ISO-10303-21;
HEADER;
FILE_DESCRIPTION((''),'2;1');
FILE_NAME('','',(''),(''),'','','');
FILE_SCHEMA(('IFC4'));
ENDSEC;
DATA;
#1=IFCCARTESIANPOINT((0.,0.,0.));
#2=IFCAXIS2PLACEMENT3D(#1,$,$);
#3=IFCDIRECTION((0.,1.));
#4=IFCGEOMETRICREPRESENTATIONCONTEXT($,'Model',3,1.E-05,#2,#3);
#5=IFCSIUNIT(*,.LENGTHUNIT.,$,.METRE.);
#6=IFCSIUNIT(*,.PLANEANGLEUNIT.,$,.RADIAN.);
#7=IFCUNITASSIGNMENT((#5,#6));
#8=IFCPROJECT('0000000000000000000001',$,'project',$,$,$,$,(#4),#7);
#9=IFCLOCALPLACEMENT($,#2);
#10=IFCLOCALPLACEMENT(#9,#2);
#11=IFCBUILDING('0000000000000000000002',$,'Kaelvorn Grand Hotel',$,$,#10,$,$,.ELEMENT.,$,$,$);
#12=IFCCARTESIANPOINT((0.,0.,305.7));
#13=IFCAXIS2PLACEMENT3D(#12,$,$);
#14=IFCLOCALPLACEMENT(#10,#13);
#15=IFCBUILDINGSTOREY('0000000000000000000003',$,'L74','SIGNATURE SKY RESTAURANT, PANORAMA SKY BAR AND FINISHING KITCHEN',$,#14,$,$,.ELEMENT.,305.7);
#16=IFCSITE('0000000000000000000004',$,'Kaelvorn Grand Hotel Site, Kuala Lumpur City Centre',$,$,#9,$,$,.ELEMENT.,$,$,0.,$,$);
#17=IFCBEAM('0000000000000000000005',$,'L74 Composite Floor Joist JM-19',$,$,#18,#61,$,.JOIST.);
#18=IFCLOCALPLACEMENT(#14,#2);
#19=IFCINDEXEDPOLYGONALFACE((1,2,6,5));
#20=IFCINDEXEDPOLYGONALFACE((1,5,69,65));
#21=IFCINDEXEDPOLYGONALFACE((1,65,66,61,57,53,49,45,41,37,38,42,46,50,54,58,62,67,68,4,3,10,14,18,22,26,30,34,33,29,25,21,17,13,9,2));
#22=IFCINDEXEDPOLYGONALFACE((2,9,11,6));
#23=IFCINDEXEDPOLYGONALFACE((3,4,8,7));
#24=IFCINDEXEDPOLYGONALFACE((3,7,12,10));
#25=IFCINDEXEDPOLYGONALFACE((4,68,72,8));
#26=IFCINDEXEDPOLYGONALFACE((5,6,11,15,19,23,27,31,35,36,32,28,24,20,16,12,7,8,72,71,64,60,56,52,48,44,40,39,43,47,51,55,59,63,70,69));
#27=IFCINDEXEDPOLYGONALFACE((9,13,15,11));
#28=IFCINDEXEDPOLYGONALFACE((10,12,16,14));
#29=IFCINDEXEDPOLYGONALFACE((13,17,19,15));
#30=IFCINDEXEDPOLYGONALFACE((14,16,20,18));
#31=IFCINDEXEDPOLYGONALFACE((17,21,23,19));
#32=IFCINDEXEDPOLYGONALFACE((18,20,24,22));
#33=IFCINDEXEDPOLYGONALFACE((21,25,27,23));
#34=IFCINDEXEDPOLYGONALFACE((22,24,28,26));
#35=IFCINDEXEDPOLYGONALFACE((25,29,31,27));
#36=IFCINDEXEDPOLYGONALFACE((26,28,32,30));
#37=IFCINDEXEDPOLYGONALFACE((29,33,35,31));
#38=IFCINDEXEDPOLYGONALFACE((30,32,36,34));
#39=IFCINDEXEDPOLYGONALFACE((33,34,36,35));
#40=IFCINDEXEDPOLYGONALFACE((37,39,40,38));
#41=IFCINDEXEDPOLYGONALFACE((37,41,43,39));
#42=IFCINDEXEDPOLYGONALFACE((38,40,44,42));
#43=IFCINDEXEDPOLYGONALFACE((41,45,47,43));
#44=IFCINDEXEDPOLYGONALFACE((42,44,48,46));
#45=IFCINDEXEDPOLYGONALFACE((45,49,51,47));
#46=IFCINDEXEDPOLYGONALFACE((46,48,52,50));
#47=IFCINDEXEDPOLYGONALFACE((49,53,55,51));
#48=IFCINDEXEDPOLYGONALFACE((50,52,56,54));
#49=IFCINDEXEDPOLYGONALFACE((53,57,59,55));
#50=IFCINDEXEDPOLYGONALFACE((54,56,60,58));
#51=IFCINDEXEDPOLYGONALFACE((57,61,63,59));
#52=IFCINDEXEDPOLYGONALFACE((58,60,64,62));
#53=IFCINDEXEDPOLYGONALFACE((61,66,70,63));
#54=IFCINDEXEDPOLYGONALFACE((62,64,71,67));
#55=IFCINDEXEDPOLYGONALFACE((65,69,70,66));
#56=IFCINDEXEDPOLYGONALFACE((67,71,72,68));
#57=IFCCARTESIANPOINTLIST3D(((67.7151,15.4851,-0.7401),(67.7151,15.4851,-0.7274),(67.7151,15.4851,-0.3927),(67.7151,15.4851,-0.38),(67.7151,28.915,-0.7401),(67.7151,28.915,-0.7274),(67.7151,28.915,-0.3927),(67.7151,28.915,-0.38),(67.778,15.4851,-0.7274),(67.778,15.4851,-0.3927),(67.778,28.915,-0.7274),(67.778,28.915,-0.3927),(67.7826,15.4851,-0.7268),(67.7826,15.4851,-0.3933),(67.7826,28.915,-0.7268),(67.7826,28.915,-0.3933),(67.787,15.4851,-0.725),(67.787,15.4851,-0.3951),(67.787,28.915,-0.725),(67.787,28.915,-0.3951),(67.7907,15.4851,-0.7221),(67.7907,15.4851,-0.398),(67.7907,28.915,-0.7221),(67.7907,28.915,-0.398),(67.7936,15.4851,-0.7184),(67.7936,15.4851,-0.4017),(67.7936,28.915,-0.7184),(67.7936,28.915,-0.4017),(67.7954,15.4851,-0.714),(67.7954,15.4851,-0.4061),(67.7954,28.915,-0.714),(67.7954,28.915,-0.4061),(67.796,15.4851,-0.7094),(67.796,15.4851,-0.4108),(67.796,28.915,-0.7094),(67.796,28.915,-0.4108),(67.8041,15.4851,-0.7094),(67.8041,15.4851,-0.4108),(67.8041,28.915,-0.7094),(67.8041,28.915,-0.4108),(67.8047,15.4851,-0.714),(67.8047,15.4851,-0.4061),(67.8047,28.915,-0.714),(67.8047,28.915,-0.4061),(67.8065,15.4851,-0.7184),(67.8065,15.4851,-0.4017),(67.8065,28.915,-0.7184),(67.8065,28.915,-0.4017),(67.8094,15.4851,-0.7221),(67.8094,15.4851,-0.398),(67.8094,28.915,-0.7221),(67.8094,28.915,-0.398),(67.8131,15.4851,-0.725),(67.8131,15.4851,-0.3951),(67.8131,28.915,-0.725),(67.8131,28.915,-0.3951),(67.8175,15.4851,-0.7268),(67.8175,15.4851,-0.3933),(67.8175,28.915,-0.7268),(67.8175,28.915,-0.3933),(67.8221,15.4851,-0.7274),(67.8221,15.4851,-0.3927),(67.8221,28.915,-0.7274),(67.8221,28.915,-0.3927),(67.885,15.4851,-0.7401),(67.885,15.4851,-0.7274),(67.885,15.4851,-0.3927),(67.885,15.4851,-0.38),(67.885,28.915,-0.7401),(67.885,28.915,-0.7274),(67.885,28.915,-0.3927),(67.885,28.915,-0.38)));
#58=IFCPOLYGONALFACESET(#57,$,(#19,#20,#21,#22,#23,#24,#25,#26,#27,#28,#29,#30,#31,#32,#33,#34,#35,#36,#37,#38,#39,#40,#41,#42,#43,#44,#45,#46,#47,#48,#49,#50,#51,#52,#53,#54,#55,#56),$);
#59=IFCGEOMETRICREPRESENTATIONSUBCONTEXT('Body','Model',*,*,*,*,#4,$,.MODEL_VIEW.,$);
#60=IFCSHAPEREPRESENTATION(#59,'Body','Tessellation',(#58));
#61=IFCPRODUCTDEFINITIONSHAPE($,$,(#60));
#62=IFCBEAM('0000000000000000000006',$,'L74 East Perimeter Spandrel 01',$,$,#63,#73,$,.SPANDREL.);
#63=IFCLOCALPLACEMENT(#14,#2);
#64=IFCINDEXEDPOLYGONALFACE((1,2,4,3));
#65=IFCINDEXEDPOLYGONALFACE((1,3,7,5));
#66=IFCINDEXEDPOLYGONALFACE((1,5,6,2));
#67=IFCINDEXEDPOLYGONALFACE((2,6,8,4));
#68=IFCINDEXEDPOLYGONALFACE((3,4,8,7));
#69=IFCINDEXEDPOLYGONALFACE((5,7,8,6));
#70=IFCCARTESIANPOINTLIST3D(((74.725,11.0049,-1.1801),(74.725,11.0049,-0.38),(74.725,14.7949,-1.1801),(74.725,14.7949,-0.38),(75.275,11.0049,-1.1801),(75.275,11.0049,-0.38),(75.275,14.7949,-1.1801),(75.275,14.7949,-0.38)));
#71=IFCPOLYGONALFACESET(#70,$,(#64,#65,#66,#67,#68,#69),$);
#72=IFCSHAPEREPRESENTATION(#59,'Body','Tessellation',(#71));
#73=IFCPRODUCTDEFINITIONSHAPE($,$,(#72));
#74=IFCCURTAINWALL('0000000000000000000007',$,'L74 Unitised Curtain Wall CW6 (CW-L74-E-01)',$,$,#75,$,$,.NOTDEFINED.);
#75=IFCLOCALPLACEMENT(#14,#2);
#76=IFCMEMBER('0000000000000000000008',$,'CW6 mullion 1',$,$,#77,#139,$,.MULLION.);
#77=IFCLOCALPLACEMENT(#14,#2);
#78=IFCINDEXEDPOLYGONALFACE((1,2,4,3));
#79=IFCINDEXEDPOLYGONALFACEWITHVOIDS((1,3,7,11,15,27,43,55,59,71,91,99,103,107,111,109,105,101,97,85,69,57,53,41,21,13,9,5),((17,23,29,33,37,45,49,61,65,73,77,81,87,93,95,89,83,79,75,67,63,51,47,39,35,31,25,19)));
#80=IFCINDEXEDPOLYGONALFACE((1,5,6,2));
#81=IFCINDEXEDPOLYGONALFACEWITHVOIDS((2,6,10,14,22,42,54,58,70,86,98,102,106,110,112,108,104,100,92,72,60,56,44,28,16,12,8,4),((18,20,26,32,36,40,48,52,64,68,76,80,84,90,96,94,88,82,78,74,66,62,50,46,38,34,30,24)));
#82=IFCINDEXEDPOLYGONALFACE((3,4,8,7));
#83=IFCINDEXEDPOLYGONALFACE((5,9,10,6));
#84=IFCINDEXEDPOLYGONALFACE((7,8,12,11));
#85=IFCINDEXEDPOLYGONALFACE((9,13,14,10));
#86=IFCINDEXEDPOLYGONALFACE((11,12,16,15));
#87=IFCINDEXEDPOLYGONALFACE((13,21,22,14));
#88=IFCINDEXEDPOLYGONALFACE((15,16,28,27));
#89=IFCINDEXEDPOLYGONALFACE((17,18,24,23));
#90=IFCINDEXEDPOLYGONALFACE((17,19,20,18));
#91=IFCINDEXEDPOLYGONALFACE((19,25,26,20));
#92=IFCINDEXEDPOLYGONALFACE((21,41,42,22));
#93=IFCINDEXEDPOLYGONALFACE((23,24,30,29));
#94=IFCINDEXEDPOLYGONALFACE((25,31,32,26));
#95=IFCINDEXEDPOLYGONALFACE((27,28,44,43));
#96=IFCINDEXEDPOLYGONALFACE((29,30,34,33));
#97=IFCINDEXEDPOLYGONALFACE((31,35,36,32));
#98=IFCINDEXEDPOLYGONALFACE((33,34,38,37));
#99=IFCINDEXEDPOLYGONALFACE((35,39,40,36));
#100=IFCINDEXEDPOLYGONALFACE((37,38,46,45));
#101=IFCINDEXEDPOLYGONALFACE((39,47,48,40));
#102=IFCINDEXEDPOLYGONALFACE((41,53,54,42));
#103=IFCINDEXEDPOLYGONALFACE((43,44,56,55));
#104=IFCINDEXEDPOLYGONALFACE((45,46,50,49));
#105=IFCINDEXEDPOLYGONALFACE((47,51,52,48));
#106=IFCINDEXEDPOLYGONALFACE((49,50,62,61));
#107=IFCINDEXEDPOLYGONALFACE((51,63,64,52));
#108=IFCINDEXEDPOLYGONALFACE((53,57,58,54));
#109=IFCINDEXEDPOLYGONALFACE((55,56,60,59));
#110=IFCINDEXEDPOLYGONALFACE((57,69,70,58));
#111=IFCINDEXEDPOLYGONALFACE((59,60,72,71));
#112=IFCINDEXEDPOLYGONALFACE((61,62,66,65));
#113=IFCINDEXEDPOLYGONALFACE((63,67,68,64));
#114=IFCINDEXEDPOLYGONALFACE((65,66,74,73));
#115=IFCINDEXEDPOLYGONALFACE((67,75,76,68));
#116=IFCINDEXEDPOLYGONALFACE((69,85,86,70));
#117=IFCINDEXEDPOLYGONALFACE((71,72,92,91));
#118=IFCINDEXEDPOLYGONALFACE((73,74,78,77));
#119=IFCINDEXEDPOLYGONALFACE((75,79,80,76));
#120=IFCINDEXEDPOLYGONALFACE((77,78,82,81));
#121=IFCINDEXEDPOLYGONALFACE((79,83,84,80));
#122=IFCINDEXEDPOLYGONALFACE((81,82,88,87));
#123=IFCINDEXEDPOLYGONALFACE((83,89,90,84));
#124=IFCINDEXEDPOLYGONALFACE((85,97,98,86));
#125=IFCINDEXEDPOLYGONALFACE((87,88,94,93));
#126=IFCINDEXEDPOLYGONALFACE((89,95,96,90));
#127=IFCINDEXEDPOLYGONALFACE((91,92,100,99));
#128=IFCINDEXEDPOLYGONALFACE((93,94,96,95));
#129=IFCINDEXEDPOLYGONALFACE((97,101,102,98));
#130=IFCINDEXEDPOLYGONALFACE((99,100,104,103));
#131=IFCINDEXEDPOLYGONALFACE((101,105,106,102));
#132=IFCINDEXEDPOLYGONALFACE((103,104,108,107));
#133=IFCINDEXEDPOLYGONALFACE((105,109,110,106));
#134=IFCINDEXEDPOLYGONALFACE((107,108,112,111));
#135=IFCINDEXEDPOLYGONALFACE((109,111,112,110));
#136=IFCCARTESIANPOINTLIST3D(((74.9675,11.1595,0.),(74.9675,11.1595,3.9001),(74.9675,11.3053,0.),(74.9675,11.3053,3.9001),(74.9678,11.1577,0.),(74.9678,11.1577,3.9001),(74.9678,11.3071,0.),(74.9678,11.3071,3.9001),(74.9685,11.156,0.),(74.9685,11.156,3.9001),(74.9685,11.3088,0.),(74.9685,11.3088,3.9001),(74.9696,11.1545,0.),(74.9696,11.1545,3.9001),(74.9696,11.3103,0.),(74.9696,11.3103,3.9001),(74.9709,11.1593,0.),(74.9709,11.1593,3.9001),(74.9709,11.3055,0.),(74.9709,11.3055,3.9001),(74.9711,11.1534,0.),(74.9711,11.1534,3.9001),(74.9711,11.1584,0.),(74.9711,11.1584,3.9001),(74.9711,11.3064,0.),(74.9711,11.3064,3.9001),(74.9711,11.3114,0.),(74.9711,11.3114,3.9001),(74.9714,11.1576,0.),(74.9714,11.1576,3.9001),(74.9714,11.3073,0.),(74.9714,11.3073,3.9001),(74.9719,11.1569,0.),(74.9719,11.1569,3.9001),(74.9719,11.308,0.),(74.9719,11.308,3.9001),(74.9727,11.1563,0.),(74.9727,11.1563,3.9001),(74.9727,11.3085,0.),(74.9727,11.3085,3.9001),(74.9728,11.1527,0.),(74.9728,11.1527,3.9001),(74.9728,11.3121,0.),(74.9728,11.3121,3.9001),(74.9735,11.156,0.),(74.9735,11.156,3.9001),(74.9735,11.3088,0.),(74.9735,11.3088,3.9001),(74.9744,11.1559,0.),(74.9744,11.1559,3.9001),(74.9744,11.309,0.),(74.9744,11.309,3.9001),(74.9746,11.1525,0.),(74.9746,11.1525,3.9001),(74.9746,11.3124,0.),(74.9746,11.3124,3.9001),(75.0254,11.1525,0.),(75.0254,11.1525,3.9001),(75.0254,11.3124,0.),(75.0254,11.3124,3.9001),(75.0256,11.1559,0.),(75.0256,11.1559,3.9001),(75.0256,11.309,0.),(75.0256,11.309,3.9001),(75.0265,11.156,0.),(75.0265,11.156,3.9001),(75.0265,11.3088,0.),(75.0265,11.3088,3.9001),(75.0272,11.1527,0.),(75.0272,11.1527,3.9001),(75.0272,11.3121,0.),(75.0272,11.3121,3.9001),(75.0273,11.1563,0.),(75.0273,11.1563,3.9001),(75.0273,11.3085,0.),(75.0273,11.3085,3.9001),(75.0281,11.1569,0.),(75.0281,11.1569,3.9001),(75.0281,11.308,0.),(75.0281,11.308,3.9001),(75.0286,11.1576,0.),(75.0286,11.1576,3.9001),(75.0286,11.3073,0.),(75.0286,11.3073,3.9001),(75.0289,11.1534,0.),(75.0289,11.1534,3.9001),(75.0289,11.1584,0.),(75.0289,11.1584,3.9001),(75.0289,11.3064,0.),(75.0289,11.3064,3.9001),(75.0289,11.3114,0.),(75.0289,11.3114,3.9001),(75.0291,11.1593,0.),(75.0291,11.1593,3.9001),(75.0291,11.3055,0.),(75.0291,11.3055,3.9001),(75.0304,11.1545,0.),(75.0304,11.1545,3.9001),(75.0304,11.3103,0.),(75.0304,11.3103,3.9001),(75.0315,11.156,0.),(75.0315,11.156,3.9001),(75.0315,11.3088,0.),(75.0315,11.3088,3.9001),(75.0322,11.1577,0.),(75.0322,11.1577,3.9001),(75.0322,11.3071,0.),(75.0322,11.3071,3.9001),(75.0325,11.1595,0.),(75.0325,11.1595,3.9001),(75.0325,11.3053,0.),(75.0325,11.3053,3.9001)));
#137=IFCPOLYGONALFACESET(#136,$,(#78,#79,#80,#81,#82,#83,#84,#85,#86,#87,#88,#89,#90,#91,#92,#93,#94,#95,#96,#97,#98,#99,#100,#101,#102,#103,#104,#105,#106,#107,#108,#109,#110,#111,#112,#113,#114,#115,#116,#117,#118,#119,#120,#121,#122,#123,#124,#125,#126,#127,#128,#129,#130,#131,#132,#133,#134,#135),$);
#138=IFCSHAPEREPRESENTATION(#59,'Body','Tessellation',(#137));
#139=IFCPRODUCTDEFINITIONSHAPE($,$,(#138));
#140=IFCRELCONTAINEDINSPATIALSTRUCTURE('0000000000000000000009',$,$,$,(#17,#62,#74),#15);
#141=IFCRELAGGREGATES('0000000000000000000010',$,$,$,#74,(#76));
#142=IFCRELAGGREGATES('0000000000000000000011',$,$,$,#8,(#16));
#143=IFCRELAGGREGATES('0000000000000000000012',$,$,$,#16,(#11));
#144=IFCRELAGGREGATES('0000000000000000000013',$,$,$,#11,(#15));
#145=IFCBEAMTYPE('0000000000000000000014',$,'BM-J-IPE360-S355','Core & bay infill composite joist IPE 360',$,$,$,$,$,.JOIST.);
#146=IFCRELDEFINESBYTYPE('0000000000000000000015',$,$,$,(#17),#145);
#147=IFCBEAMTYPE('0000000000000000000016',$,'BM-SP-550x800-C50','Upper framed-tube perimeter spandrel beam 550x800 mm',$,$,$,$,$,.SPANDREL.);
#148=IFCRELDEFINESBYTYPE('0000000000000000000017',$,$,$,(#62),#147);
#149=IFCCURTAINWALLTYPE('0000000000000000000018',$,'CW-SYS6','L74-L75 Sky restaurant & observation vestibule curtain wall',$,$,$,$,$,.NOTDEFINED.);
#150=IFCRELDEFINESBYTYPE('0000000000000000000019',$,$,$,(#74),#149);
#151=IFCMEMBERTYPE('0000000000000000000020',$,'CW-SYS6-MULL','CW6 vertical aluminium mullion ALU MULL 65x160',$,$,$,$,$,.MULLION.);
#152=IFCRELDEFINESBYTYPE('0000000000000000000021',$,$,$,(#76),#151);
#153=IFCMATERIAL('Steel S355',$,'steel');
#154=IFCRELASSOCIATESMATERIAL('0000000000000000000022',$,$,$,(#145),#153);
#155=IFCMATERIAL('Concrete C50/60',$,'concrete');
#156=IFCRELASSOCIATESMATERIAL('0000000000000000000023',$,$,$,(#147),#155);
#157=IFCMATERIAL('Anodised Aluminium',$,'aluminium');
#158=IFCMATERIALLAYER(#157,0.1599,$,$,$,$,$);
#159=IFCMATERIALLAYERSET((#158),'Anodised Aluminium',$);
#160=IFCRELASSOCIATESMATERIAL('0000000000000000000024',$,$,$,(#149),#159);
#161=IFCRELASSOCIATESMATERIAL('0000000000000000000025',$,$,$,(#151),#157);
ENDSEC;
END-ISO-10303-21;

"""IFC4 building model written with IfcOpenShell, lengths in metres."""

from ifc_helpers import new_model, si_unit, direction, frame, origin, origin_2d, place, context, subcontext, project, spatial, rectangle, hollow_rectangle, i_section, extrude, material, layer, layer_set, material_profile, profile_set, type_object, element, aggregate, save


model = new_model("IFC4")

# Units and contexts
model_context = context("Model", 3, precision=1e-05, world=origin(), true_north=direction((0.0, 1.0)))
body_context = subcontext(model_context, "Body", "Model", "MODEL_VIEW")
ifc_project = project(units=[si_unit("LENGTHUNIT", "METRE"), si_unit("PLANEANGLEUNIT", "RADIAN")], contexts=[model_context])

# Site, building, storey
site_placement = place(None, origin())
site = spatial("IfcSite", under=ifc_project, at=site_placement, Name="Kaelvorn Grand Hotel Site, Kuala Lumpur City Centre", CompositionType="ELEMENT", RefElevation=0.0)
building_placement = place(site_placement, origin())
building = spatial("IfcBuilding", under=site, at=building_placement, Name="Kaelvorn Grand Hotel", CompositionType="ELEMENT")
storey_placement = place(building_placement, frame((0.0, 0.0, 305.7)))
storey = spatial("IfcBuildingStorey", under=building, at=storey_placement, Name="L74", Description="SIGNATURE SKY RESTAURANT, PANORAMA SKY BAR AND FINISHING KITCHEN", CompositionType="ELEMENT", Elevation=305.7)

# Shared definitions
ifc_material_1 = material(Name="Concrete C50/60", Category="concrete")
ifc_material_2 = material(Name="Steel S355", Category="steel")

# Beams
ifc_material_profile_1 = material_profile(ifc_material_2, i_section(OverallWidth=0.1699, OverallDepth=0.3601, WebThickness=0.0081, FlangeThickness=0.0127, FilletRadius=0.0181, at=origin_2d()), Name="IPE 360")
ifc_profile_set_1 = profile_set([ifc_material_profile_1], Name="Steel S355")
beam_type_1 = type_object("IfcBeamType", Name="BM-J-IPE360-S355", Description="Core & bay infill composite joist IPE 360", PredefinedType="JOIST", material=ifc_profile_set_1)
beam_1_placement = place(storey_placement, frame((67.8, 15.4851, -0.5601), z_axis=(0.0, 1.0, 0.0), x_axis=(-1.0, 0.0, 0.0)))
element("IfcBeam", 1, at=beam_1_placement, inside=storey, type_object=beam_type_1, Name="L74 Composite Floor Joist JM-19", PredefinedType="JOIST", context=body_context, shape_type="SweptSolid", body=[
    extrude(i_section(OverallWidth=0.1699, OverallDepth=0.3601, WebThickness=0.0081, FlangeThickness=0.0127, FilletRadius=0.0181, at=origin_2d()), origin(), (0.0, 0.0, 1.0), 13.4299),
])
ifc_material_profile_2 = material_profile(ifc_material_1, rectangle(XDim=0.55, YDim=0.8, at=origin_2d()), Name="RC SPANDREL 550x800")
ifc_profile_set_2 = profile_set([ifc_material_profile_2], Name="Concrete C50/60")
beam_type_2 = type_object("IfcBeamType", Name="BM-SP-550x800-C50", Description="Upper framed-tube perimeter spandrel beam 550x800 mm", PredefinedType="SPANDREL", material=ifc_profile_set_2)
beam_2_placement = place(storey_placement, frame((75.0, 11.0049, -0.78), z_axis=(0.0, 1.0, 0.0), x_axis=(-1.0, 0.0, 0.0)))
element("IfcBeam", 2, at=beam_2_placement, inside=storey, type_object=beam_type_2, Name="L74 East Perimeter Spandrel 01", PredefinedType="SPANDREL", context=body_context, shape_type="SweptSolid", body=[
    extrude(rectangle(XDim=0.55, YDim=0.8, at=origin_2d()), origin(), (0.0, 0.0, 1.0), 3.79),
])

# Curtain wall, member
ifc_material_3 = material(Name="Anodised Aluminium", Category="aluminium")
ifc_layer_1 = layer(ifc_material_3, 0.1599)
ifc_layer_set_1 = layer_set([ifc_layer_1], Name="Anodised Aluminium")
curtain_wall_type = type_object("IfcCurtainWallType", Name="CW-SYS6", Description="L74-L75 Sky restaurant & observation vestibule curtain wall", PredefinedType="NOTDEFINED", material=ifc_layer_set_1)
curtain_wall_placement = place(storey_placement, origin())
curtain_wall = element("IfcCurtainWall", 3, at=curtain_wall_placement, inside=storey, type_object=curtain_wall_type, Name="L74 Unitised Curtain Wall CW6 (CW-L74-E-01)", PredefinedType="NOTDEFINED")
ifc_material_profile_3 = material_profile(ifc_material_3, hollow_rectangle(XDim=0.0649, YDim=0.1599, WallThickness=0.0034, InnerFilletRadius=0.0034, OuterFilletRadius=0.0071, at=origin_2d()), Name="ALU MULL 65x160")
ifc_profile_set_3 = profile_set([ifc_material_profile_3], Name="Anodised Aluminium")
member_type_1 = type_object("IfcMemberType", Name="CW-SYS6-MULL", Description="CW6 vertical aluminium mullion ALU MULL 65x160", PredefinedType="MULLION", material=ifc_profile_set_3)
member_1_placement = place(storey_placement, frame((75.0, 11.2324, 0.0), z_axis=(0.0, 0.0, 1.0), x_axis=(-1.0, 0.0, 0.0)))
member_1 = element("IfcMember", 4, at=member_1_placement, type_object=member_type_1, Name="CW6 mullion 1", PredefinedType="MULLION", context=body_context, shape_type="SweptSolid", body=[
    extrude(hollow_rectangle(XDim=0.0649, YDim=0.1599, WallThickness=0.0034, InnerFilletRadius=0.0034, OuterFilletRadius=0.0071, at=origin_2d()), origin(), (0.0, 0.0, 1.0), 3.9001),
])
aggregate(curtain_wall, [member_1])

save(model, "model.ifc")
